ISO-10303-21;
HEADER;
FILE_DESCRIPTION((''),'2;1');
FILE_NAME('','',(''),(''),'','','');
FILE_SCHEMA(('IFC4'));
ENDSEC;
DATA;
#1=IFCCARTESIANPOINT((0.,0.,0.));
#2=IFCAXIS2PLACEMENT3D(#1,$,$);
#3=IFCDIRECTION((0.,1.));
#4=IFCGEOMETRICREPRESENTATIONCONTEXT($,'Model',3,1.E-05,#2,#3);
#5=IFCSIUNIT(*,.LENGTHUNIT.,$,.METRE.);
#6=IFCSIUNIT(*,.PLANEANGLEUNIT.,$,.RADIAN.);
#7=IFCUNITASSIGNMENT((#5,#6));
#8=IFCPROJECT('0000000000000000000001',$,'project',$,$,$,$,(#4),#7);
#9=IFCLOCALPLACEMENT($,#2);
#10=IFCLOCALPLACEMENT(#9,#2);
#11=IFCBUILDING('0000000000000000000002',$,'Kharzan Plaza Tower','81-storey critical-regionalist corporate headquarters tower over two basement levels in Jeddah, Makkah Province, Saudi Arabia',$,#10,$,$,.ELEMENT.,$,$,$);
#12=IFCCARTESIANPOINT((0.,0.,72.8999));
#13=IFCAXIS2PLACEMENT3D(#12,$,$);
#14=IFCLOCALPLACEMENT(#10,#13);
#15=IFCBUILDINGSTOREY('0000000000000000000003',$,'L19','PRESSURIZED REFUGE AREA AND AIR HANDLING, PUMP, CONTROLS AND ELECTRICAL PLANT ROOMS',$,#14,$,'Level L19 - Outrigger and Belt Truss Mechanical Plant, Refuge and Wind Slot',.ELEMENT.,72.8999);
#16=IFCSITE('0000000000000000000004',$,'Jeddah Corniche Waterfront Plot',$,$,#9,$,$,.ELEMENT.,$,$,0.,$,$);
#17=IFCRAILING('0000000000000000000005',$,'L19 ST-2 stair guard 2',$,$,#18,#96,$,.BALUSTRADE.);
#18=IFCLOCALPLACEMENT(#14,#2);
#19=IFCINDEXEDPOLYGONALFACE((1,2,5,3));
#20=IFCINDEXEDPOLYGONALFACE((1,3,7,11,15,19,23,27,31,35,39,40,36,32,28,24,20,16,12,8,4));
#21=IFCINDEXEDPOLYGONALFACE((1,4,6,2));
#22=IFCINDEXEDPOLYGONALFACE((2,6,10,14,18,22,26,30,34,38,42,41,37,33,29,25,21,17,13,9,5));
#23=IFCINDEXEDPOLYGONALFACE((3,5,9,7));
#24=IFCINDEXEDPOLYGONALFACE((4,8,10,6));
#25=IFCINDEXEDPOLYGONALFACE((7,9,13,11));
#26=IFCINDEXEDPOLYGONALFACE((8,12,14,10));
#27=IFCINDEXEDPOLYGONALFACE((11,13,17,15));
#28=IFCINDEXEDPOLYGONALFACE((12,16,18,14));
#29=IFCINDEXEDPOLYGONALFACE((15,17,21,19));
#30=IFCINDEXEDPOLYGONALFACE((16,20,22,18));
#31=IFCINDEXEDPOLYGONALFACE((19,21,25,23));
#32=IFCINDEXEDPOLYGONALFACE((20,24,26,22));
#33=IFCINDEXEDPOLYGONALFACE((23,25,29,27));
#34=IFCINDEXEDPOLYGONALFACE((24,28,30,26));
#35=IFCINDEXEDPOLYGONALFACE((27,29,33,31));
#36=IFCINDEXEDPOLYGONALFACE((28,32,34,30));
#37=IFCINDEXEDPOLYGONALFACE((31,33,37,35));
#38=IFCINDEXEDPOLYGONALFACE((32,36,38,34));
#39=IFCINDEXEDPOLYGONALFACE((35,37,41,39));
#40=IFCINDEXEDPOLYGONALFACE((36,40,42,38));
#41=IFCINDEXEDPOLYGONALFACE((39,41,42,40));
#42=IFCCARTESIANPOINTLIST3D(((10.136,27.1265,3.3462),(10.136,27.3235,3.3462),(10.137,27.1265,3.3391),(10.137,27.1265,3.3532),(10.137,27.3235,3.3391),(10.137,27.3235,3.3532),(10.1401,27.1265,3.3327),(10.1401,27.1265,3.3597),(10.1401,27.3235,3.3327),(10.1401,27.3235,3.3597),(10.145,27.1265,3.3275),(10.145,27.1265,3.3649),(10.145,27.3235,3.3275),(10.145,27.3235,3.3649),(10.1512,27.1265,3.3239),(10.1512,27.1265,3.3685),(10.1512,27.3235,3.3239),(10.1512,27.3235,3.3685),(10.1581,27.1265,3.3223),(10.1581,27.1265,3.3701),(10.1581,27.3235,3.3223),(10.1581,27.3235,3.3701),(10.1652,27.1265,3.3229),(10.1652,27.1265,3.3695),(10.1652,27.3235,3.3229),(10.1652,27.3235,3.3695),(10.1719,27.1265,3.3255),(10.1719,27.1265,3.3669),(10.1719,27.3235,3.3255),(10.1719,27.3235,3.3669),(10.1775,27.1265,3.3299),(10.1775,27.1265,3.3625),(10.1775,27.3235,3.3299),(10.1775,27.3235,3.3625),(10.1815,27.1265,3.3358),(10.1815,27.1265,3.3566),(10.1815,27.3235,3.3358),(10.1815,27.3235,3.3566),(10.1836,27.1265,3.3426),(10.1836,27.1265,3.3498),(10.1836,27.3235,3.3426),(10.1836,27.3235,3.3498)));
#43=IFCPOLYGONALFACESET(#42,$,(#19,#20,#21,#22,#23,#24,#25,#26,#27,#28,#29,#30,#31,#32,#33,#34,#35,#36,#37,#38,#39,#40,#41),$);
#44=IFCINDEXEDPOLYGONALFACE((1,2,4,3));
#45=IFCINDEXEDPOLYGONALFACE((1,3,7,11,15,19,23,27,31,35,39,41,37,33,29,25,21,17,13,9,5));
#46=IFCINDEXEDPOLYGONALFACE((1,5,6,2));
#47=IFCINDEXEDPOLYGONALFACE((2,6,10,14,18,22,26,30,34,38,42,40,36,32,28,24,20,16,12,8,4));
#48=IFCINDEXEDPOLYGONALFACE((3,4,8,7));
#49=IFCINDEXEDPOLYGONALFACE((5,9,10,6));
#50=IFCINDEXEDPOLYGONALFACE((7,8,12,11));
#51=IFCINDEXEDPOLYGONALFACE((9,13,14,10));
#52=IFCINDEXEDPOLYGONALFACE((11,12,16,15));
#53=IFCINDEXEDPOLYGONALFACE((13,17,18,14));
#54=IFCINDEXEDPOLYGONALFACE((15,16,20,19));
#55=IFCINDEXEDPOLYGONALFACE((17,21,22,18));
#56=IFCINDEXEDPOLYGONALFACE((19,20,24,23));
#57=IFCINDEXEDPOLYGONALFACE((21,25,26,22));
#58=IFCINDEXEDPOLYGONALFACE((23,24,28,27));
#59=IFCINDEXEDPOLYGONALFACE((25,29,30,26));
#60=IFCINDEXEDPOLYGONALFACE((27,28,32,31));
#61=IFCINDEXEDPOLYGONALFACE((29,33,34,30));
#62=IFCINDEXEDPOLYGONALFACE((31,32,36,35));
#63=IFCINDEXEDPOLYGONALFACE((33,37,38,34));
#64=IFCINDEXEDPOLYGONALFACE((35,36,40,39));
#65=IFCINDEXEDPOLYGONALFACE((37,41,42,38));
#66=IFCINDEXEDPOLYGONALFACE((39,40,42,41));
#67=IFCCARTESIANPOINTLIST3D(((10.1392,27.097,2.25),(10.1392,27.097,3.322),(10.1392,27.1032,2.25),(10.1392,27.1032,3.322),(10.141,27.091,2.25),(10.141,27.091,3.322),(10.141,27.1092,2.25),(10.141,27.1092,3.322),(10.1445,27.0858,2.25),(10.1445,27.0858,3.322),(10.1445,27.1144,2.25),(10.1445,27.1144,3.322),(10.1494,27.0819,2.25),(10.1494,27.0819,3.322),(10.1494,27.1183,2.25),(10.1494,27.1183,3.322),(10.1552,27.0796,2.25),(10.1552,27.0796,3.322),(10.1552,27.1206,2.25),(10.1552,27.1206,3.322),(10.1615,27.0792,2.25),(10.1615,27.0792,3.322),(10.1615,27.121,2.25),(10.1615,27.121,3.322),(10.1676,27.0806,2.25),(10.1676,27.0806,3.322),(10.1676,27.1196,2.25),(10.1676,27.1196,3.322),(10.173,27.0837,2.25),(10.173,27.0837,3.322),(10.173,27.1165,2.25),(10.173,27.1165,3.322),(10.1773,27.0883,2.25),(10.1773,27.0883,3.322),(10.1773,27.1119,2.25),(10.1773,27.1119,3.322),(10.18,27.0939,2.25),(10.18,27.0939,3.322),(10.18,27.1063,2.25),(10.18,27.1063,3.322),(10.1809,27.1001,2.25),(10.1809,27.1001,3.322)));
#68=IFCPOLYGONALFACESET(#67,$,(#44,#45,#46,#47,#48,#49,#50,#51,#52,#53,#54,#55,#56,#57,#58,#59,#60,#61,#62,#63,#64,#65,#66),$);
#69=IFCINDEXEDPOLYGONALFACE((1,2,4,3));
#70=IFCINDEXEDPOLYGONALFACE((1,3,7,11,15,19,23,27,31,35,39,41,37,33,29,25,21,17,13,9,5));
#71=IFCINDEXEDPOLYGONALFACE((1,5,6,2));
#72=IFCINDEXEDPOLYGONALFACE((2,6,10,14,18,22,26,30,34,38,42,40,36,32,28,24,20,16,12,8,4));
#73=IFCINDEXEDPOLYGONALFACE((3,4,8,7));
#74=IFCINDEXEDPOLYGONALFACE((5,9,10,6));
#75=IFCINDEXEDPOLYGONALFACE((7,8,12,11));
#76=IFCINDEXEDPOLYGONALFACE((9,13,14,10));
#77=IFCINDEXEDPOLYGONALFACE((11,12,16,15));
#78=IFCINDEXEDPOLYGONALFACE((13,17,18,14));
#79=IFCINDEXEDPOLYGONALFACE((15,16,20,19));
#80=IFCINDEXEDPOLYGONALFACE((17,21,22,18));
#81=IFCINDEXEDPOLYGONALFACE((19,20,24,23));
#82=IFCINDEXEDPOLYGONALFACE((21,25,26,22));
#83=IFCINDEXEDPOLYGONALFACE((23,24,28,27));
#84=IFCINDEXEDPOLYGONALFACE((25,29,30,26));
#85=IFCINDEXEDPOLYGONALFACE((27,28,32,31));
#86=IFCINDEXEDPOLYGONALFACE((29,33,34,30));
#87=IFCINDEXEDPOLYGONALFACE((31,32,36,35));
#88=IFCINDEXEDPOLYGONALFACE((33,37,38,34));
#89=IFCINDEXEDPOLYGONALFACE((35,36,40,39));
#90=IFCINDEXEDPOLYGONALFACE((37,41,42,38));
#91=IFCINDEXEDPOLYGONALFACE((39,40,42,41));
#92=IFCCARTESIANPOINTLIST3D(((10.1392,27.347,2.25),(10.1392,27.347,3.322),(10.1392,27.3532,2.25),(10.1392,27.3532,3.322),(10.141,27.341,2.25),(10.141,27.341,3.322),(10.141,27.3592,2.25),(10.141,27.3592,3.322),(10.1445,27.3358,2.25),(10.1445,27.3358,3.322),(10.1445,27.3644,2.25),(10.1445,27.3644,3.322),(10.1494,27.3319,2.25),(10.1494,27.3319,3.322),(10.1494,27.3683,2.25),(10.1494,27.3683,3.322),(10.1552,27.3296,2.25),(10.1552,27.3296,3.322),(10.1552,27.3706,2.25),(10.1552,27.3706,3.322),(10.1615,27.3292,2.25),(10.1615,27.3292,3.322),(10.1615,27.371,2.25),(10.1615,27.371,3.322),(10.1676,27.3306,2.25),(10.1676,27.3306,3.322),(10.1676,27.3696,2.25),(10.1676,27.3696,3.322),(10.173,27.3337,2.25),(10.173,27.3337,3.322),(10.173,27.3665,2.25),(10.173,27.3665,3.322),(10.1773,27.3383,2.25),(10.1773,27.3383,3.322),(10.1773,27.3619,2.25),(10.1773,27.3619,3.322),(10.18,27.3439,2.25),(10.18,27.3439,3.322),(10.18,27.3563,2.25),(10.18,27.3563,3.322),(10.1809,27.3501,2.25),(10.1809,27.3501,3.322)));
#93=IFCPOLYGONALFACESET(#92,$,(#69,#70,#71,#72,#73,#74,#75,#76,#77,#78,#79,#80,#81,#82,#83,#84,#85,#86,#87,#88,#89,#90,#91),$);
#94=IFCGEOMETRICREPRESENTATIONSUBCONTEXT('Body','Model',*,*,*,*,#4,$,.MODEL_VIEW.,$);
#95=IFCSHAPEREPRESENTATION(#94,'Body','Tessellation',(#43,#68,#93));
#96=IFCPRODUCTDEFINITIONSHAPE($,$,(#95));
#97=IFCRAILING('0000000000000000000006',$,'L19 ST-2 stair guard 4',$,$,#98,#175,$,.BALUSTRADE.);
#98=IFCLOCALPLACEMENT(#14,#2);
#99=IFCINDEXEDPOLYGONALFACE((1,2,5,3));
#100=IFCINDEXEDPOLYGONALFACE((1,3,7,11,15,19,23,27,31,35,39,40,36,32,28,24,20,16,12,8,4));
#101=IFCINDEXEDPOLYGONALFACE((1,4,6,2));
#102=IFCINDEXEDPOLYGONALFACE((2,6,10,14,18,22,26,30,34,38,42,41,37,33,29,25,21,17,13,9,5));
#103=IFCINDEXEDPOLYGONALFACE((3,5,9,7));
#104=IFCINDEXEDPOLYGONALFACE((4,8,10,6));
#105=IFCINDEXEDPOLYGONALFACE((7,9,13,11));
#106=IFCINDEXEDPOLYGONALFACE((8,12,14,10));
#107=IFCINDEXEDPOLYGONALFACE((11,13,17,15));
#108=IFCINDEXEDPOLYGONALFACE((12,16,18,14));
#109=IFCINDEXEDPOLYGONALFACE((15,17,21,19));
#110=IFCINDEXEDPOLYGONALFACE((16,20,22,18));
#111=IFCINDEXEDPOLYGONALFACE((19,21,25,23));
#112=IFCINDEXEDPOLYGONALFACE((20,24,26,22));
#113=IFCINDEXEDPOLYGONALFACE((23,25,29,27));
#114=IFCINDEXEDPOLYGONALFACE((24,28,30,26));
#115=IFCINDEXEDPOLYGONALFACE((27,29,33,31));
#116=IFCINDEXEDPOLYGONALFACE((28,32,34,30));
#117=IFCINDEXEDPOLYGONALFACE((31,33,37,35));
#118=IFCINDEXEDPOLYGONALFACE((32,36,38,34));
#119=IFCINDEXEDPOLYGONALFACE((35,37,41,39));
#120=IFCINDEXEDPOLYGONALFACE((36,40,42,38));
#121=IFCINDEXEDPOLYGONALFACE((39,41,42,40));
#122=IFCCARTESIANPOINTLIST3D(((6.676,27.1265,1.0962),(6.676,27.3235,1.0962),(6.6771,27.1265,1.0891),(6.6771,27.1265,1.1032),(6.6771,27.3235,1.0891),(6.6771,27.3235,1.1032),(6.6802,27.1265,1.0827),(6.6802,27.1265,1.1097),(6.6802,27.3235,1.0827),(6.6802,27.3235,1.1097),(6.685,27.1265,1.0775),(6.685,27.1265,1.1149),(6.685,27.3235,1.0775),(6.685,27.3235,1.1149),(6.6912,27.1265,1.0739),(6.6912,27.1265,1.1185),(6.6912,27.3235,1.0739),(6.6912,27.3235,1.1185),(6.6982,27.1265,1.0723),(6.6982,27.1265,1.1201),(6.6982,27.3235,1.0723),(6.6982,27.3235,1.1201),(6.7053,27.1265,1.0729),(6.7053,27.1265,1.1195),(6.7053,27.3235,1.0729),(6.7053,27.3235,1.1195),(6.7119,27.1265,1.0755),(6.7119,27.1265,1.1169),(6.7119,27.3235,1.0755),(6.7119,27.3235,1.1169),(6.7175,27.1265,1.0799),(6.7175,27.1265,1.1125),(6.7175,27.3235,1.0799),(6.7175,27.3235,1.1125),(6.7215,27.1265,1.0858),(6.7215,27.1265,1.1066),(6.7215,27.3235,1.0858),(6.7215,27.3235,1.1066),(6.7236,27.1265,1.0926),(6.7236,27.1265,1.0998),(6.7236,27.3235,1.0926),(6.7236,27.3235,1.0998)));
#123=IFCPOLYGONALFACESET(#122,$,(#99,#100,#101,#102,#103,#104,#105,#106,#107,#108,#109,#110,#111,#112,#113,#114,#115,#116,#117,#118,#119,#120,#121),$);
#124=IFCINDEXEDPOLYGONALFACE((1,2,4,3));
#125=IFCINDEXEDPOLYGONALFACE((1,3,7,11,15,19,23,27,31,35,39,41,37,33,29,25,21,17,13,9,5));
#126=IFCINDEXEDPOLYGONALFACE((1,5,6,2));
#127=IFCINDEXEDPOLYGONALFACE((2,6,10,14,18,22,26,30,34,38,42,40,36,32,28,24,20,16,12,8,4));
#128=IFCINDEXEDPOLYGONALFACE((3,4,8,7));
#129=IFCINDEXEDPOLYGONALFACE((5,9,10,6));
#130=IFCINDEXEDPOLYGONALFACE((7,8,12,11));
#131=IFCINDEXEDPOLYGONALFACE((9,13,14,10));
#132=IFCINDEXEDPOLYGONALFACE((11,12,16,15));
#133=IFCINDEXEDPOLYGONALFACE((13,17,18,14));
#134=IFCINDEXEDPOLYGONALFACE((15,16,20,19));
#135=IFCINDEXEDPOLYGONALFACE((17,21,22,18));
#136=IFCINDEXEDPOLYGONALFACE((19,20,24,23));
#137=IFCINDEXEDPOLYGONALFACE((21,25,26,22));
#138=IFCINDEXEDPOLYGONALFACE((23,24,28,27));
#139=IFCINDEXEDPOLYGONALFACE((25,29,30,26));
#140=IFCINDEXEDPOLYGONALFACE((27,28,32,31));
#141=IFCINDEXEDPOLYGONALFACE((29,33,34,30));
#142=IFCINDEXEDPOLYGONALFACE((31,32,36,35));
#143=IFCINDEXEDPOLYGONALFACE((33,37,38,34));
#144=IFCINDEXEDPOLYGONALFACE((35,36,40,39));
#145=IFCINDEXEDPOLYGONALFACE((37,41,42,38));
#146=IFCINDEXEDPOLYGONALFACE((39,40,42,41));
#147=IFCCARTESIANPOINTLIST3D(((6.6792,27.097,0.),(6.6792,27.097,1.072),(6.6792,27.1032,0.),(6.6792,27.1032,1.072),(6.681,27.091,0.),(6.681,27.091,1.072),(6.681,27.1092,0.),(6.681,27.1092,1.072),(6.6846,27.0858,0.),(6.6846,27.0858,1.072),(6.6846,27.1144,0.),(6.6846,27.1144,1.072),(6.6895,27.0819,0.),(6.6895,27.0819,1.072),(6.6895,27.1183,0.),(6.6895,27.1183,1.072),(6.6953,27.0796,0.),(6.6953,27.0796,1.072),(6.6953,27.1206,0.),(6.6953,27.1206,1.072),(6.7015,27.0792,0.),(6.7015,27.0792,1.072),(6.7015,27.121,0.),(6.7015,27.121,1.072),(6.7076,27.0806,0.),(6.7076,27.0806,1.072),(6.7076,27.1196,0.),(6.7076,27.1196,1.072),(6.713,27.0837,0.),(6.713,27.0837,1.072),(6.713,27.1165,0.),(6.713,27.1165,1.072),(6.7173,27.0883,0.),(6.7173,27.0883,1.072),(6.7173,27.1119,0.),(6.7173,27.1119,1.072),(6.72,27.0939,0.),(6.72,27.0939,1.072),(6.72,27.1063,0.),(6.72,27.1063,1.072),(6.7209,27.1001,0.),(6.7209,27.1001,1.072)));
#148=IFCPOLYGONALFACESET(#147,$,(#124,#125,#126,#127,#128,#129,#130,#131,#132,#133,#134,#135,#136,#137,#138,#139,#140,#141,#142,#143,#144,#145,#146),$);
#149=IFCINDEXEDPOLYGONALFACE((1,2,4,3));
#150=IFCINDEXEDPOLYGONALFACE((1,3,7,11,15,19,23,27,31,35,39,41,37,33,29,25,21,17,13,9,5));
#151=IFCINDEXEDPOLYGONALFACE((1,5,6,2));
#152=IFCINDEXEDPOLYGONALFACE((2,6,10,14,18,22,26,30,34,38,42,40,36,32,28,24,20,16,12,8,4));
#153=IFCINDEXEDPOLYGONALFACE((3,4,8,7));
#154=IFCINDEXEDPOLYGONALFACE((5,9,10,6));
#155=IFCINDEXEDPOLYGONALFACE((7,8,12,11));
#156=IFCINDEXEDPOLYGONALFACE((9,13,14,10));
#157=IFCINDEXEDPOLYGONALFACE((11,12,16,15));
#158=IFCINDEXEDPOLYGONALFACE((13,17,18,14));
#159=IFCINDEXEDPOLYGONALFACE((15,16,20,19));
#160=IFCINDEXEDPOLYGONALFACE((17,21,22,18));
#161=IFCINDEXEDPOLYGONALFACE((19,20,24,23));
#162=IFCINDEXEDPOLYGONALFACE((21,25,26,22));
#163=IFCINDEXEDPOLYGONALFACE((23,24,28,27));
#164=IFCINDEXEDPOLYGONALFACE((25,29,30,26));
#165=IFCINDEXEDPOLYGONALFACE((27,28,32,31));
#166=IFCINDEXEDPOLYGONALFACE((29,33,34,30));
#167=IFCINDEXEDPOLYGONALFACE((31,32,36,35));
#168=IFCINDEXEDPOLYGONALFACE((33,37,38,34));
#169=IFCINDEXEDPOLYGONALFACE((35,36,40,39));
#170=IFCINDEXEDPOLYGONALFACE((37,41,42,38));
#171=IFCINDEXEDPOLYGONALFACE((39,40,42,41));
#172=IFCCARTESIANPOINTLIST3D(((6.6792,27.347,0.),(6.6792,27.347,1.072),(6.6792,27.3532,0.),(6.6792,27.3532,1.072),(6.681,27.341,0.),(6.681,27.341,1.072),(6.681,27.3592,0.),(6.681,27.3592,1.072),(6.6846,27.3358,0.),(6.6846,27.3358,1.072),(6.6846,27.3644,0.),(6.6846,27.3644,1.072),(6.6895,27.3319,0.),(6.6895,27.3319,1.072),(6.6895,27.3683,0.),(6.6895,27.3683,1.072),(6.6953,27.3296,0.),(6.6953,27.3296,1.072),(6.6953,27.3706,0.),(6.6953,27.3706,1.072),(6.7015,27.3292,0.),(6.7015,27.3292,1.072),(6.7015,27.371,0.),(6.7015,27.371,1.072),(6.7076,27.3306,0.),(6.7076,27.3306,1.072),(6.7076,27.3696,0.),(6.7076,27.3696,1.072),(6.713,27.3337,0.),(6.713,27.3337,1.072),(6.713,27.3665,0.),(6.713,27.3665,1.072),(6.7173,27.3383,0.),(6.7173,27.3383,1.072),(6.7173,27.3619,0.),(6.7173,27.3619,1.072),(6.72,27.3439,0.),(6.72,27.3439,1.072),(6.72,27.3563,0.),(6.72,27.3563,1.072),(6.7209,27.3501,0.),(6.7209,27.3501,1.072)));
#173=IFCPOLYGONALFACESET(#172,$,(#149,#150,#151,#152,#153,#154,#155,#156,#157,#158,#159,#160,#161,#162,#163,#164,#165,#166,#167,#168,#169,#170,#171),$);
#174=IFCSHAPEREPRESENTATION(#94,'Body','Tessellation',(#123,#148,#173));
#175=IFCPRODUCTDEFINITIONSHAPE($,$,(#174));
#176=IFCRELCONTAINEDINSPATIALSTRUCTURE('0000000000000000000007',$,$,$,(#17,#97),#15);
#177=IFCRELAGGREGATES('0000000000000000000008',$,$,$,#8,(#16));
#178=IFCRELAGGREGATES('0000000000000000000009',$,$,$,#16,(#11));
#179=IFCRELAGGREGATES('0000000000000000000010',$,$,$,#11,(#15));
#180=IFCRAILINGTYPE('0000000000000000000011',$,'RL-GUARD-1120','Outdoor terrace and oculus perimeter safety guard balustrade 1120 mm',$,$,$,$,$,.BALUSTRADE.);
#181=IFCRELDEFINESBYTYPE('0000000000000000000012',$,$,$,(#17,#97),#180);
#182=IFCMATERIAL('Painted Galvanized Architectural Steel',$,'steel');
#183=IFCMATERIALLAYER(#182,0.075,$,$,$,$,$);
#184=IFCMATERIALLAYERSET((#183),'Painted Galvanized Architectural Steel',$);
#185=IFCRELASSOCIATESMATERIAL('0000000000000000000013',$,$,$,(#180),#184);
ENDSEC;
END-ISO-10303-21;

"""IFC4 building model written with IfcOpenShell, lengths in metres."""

from ifc_helpers import new_model, si_unit, direction, frame, origin, origin_2d, place, context, subcontext, project, spatial, circle, extrude, source, transform, mapped, material, layer, layer_set, type_object, element, save


model = new_model("IFC4")

# Units and contexts
model_context = context("Model", 3, precision=1e-05, world=origin(), true_north=direction((0.0, 1.0)))
body_context = subcontext(model_context, "Body", "Model", "MODEL_VIEW")
ifc_project = project(units=[si_unit("LENGTHUNIT", "METRE"), si_unit("PLANEANGLEUNIT", "RADIAN")], contexts=[model_context])

# Site, building, storey
site_placement = place(None, origin())
site = spatial("IfcSite", under=ifc_project, at=site_placement, Name="Jeddah Corniche Waterfront Plot", CompositionType="ELEMENT", RefElevation=0.0)
building_placement = place(site_placement, origin())
building = spatial("IfcBuilding", under=site, at=building_placement, Name="Kharzan Plaza Tower", Description="81-storey critical-regionalist corporate headquarters tower over two basement levels in Jeddah, Makkah Province, Saudi Arabia", CompositionType="ELEMENT")
storey_placement = place(building_placement, frame((0.0, 0.0, 72.8999)))
storey = spatial("IfcBuildingStorey", under=building, at=storey_placement, Name="L19", Description="PRESSURIZED REFUGE AREA AND AIR HANDLING, PUMP, CONTROLS AND ELECTRICAL PLANT ROOMS", LongName="Level L19 - Outrigger and Belt Truss Mechanical Plant, Refuge and Wind Slot", CompositionType="ELEMENT", Elevation=72.8999)

# Railings
ifc_material_1 = material(Name="Painted Galvanized Architectural Steel", Category="steel")
ifc_layer_1 = layer(ifc_material_1, 0.075)
ifc_layer_set_1 = layer_set([ifc_layer_1], Name="Painted Galvanized Architectural Steel")
railing_type_1 = type_object("IfcRailingType", Name="RL-GUARD-1120", Description="Outdoor terrace and oculus perimeter safety guard balustrade 1120 mm", PredefinedType="BALUSTRADE", material=ifc_layer_set_1)
shared_shape_1 = source(origin(), body_context, "Body", "SweptSolid", [
    extrude(circle(Radius=0.0239, at=origin_2d()), frame((0.0, 0.0264, 1.0962), z_axis=(0.0, 1.0, 0.0), x_axis=(-1.0, 0.0, 0.0)), (0.0, 0.0, 1.0), 0.197),
    extrude(circle(Radius=0.021, at=origin_2d()), origin(), (0.0, 0.0, 1.0), 1.072),
    extrude(circle(Radius=0.021, at=origin_2d()), frame((0.0, 0.25, 0.0)), (0.0, 0.0, 1.0), 1.072),
])
for number, where, name in (
    (1, (10.1599, 27.1001, 2.25), "L19 ST-2 stair guard 2"),
    (2, (6.7, 27.1001, 0.0), "L19 ST-2 stair guard 4"),
):
    element("IfcRailing", number, at=place(storey_placement, frame(where)), inside=storey, type_object=railing_type_1, Name=name, PredefinedType="BALUSTRADE", context=body_context, shape_type="MappedRepresentation", body=[
        mapped(shared_shape_1, transform((0.0, 0.0, 0.0), x_axis=(1.0, 0.0, 0.0), y_axis=(0.0, 1.0, 0.0), z_axis=(0.0, 0.0, 1.0))),
    ])

save(model, "model.ifc")
